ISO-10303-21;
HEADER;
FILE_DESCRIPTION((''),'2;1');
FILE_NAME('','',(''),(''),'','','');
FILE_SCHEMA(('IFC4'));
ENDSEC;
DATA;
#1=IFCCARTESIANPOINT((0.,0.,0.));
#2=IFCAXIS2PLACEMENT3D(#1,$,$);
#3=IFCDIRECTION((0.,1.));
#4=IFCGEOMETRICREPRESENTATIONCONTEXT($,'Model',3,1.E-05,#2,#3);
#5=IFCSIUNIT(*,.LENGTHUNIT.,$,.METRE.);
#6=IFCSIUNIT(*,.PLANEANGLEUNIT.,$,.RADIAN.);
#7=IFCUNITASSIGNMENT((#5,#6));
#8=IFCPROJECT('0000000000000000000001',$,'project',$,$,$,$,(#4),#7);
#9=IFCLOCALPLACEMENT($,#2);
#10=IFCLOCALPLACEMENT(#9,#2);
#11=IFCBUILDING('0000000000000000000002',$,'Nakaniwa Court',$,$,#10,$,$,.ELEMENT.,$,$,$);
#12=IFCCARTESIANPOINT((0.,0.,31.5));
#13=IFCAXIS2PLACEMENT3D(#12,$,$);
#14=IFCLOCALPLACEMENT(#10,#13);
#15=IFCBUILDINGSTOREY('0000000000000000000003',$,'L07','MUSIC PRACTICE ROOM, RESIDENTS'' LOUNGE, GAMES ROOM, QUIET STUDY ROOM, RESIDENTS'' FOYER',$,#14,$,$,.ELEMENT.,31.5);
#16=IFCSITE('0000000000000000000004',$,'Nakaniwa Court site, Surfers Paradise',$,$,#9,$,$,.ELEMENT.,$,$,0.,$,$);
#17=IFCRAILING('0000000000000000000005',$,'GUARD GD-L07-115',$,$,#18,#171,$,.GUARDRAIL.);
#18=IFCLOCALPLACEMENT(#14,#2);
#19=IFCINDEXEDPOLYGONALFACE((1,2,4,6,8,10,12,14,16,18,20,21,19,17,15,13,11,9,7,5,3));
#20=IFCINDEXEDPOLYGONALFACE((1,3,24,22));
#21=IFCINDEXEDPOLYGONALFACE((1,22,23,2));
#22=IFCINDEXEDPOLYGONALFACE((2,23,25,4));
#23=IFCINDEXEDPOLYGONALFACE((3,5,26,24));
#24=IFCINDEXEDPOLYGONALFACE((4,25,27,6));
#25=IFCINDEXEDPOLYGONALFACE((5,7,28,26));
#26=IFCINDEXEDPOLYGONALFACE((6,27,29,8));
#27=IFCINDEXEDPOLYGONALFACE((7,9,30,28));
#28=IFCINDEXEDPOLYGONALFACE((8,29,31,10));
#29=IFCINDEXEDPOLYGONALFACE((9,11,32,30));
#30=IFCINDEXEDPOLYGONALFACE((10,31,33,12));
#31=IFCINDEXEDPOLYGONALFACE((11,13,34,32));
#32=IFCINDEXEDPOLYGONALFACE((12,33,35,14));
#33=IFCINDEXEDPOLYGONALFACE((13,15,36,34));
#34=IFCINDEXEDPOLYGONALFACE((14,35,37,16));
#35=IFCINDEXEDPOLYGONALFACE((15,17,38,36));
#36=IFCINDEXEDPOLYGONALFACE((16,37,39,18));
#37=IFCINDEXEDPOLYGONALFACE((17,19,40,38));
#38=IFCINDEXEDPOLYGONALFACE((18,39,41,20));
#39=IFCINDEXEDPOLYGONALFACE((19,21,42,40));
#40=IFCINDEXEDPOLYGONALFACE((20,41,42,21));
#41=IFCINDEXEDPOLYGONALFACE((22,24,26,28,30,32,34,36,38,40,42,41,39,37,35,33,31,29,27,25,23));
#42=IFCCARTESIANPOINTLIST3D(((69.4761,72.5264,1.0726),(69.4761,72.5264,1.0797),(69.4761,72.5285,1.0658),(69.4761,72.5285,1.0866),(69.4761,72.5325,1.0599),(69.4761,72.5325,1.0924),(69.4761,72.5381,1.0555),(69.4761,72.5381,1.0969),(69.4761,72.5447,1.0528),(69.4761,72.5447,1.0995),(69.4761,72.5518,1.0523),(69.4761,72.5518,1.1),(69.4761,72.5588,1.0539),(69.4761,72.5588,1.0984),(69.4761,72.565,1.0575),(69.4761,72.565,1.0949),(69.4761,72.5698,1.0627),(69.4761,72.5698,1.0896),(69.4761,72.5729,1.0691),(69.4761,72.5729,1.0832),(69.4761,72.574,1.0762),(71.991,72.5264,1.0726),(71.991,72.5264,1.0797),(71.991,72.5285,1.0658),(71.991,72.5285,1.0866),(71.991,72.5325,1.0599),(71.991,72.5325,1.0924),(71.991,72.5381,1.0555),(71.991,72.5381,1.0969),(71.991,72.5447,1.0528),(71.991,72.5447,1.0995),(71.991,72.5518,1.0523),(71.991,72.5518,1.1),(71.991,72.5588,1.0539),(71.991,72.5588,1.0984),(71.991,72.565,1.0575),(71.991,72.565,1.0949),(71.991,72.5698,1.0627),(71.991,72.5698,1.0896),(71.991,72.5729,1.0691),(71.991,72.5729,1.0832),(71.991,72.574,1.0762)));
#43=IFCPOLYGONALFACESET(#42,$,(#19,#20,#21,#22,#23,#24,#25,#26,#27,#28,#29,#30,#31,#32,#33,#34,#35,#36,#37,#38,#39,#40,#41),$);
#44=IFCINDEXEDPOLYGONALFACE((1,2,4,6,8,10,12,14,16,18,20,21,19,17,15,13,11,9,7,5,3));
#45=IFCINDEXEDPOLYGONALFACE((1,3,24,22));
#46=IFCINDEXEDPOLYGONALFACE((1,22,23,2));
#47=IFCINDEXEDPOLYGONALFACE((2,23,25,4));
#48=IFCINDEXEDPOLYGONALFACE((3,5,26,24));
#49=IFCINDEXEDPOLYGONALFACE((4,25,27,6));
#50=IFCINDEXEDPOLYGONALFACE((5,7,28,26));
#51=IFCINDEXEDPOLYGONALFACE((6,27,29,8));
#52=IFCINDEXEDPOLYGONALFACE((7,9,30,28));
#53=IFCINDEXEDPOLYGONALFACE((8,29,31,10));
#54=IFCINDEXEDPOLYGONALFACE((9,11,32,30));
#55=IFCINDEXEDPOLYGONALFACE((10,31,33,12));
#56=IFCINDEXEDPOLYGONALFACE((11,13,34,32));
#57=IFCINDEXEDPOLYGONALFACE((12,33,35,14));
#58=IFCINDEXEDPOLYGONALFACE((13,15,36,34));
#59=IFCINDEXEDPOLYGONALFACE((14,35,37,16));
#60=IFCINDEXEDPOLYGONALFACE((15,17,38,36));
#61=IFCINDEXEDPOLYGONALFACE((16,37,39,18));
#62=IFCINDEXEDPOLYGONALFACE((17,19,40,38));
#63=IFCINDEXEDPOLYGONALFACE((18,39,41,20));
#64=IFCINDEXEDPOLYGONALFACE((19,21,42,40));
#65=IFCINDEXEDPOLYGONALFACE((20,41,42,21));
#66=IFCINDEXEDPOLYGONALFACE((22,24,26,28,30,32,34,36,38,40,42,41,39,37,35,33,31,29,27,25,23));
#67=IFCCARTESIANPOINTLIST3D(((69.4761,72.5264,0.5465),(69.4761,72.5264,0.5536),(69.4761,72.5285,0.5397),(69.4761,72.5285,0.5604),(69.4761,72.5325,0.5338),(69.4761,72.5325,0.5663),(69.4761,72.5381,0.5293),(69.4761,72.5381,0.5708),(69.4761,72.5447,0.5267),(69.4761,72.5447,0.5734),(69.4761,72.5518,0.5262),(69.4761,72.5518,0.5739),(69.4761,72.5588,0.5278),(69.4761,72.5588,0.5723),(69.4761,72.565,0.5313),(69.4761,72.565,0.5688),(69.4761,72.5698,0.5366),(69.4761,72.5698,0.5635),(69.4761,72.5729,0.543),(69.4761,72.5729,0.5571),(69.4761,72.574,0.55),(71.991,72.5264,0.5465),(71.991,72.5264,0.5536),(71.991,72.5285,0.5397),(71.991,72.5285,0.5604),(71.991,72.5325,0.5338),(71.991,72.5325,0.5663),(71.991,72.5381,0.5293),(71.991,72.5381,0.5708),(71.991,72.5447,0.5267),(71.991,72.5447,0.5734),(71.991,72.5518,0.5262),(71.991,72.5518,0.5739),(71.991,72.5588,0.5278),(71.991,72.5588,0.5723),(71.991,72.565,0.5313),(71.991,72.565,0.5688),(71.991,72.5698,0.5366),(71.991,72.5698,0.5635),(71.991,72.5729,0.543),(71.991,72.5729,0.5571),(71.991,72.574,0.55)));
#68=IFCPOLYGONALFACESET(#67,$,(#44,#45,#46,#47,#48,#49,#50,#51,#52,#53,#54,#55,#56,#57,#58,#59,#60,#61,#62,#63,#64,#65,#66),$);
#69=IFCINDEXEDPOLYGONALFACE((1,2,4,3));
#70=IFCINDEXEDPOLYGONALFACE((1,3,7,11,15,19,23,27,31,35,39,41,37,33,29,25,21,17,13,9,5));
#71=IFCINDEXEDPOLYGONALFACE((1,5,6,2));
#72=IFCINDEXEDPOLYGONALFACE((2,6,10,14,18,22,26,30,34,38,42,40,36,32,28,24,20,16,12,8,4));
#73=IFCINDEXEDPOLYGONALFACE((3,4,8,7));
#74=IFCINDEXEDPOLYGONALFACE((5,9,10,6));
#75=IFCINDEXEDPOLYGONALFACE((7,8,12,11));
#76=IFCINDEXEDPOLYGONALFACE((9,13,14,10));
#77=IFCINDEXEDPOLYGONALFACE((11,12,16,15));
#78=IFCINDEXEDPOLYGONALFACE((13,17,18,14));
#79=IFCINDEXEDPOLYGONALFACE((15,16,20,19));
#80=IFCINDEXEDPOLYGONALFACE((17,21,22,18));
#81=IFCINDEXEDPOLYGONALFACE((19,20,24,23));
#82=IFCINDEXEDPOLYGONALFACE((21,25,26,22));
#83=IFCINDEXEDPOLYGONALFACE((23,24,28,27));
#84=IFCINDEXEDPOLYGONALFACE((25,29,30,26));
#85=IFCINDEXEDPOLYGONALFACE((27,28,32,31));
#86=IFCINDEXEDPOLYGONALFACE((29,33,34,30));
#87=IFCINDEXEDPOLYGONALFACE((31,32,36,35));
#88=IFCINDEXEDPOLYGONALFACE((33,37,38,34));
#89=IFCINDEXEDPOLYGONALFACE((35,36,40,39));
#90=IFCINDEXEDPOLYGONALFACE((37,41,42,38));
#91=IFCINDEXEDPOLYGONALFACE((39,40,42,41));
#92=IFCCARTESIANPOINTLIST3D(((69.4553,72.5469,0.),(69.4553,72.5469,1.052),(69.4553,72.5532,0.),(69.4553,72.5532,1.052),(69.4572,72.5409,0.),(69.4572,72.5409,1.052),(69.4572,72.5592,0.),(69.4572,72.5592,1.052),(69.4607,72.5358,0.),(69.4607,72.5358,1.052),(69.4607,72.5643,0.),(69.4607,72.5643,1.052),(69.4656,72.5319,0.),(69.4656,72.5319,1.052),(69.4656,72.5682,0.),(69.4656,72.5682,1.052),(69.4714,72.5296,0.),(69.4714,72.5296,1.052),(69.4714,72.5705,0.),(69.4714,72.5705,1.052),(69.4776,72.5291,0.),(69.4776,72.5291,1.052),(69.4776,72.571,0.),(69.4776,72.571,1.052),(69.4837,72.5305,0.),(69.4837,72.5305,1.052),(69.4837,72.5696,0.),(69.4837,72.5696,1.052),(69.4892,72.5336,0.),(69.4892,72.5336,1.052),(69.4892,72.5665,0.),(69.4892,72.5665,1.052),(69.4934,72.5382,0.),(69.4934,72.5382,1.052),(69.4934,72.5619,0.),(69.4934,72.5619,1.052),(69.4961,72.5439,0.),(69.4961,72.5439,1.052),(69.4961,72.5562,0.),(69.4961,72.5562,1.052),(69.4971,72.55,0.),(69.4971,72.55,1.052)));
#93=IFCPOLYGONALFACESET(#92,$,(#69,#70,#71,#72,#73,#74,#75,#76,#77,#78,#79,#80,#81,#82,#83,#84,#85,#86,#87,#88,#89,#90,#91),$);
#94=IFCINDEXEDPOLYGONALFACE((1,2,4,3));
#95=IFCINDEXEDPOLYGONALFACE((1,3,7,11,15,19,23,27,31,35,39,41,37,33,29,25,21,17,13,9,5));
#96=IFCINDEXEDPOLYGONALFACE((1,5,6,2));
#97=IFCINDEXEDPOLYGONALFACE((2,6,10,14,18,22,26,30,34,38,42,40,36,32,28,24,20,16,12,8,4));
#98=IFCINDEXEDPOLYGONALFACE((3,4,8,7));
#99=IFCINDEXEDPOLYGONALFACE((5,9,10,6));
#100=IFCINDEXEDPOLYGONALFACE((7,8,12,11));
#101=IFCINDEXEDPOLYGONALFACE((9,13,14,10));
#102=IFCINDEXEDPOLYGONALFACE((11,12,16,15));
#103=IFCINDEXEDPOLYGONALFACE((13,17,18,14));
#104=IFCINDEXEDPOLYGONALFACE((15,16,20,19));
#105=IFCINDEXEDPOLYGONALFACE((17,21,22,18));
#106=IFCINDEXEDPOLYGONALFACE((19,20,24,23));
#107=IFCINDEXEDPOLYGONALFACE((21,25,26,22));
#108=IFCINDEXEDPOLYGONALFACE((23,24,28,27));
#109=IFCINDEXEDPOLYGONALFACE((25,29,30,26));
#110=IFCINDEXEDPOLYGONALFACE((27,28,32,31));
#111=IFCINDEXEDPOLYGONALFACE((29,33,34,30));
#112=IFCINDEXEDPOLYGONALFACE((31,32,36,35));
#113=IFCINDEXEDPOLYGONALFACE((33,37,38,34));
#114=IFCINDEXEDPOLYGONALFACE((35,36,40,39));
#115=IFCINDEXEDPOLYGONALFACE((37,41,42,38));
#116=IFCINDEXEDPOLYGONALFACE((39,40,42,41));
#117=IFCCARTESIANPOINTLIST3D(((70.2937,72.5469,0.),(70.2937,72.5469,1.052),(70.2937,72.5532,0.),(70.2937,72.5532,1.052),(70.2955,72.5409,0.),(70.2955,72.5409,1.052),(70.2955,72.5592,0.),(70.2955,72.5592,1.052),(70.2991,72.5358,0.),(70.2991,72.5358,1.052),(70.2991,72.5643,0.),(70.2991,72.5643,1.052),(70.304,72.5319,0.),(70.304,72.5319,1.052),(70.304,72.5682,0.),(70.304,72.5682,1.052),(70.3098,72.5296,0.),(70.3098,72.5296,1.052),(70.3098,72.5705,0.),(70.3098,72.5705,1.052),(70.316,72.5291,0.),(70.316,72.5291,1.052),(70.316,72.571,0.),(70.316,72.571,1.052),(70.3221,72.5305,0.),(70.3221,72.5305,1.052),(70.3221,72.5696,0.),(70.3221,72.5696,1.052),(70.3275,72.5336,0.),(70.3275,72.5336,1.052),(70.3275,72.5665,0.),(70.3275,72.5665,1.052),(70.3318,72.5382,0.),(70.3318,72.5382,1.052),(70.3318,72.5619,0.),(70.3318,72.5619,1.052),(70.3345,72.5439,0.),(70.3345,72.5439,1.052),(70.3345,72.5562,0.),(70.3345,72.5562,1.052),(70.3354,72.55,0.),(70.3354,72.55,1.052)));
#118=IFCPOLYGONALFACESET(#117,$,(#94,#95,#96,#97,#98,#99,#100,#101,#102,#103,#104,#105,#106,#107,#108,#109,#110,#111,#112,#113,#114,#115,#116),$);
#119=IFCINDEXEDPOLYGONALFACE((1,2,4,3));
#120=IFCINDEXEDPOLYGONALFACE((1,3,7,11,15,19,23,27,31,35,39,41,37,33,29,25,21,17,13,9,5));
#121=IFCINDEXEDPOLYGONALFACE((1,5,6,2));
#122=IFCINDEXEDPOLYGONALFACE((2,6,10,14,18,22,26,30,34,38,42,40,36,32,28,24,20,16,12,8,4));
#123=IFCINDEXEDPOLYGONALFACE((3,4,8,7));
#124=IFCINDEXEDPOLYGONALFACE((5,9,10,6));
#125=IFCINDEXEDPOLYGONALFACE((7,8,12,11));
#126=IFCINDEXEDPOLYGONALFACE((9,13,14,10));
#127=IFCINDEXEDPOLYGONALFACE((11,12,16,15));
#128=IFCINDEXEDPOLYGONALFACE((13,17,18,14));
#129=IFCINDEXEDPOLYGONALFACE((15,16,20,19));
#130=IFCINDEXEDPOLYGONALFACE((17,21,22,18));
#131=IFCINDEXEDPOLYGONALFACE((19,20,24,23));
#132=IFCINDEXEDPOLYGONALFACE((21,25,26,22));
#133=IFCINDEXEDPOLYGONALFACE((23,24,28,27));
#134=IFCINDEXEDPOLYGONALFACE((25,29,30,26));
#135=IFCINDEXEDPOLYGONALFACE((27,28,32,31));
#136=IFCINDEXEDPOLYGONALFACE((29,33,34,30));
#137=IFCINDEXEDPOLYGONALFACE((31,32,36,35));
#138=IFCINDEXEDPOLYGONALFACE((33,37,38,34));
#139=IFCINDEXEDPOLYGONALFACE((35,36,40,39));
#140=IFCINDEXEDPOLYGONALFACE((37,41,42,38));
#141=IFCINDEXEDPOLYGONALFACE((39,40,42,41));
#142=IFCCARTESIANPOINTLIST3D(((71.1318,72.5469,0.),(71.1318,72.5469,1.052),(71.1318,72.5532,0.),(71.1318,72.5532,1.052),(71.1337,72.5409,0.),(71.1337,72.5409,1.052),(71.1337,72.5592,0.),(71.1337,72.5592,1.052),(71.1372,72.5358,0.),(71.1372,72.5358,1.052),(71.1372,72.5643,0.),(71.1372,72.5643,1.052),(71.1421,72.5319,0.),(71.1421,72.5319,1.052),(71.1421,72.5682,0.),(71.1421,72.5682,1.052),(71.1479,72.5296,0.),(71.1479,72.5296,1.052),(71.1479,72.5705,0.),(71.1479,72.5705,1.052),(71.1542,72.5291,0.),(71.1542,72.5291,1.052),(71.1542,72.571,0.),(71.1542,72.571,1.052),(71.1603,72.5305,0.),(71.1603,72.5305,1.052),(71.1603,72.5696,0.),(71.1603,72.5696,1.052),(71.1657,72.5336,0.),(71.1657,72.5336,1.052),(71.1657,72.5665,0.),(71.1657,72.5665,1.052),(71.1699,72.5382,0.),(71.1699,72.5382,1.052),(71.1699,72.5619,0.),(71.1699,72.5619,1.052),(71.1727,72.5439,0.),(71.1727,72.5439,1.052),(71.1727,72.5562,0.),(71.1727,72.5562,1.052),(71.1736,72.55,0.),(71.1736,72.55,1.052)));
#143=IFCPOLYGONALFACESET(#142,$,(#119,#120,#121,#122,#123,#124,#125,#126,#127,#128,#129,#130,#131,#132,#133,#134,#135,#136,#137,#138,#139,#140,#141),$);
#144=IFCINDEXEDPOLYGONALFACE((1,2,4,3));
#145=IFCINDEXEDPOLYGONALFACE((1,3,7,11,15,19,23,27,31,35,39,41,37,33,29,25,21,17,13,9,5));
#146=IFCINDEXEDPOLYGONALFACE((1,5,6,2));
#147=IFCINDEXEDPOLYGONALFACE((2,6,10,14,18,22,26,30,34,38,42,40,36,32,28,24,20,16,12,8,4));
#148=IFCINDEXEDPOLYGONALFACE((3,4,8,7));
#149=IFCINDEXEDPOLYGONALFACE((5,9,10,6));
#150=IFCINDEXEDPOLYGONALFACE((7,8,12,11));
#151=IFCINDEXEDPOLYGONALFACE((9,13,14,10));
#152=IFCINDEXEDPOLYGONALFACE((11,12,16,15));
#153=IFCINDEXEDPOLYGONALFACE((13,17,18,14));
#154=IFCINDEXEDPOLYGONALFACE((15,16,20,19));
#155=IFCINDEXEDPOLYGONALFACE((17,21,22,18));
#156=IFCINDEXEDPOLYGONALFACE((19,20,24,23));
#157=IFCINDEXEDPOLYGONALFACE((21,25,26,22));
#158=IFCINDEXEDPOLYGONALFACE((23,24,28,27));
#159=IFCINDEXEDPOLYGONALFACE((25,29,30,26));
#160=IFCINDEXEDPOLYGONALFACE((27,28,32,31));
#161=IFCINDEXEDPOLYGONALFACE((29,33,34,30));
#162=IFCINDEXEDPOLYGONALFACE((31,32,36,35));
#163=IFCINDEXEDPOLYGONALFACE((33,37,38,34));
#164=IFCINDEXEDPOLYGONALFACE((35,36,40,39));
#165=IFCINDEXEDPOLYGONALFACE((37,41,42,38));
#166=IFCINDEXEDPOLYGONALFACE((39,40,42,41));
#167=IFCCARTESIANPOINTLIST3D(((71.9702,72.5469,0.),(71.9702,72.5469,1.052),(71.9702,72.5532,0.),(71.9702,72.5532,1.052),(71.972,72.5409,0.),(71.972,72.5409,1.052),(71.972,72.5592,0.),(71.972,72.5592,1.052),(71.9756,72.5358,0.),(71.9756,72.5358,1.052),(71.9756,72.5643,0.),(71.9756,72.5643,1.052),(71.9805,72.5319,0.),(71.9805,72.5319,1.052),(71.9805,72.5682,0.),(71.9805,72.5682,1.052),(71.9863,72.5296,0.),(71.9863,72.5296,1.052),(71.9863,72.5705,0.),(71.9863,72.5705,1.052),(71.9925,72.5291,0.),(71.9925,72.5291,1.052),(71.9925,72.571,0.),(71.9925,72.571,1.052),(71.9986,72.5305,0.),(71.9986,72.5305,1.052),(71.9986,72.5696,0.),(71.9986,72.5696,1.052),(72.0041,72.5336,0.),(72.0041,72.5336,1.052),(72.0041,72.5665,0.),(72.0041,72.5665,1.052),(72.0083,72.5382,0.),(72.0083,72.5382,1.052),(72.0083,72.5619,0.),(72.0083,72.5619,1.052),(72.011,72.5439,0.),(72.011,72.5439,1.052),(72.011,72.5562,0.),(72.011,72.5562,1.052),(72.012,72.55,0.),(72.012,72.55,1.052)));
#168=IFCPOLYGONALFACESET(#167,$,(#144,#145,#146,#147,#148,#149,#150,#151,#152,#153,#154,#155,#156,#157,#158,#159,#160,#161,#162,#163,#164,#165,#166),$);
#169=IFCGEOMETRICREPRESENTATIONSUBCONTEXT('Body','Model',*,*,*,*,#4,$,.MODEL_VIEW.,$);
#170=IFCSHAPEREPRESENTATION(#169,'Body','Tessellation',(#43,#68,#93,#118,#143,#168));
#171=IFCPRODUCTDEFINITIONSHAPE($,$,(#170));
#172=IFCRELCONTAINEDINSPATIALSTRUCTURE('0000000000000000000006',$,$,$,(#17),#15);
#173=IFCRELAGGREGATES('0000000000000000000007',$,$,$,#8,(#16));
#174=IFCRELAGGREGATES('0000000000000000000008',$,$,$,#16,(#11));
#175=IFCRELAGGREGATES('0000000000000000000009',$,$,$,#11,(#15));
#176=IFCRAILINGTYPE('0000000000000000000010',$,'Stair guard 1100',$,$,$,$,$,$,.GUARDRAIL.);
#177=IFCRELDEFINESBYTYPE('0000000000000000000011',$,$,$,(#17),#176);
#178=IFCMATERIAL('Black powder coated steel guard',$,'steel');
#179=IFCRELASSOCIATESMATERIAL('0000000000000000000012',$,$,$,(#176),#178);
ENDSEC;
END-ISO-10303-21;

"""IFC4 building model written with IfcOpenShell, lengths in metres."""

from ifc_helpers import new_model, si_unit, direction, frame, origin, origin_2d, place, context, subcontext, project, spatial, circle, extrude, material, type_object, element, save


model = new_model("IFC4")

# Units and contexts
model_context = context("Model", 3, precision=1e-05, world=origin(), true_north=direction((0.0, 1.0)))
body_context = subcontext(model_context, "Body", "Model", "MODEL_VIEW")
ifc_project = project(units=[si_unit("LENGTHUNIT", "METRE"), si_unit("PLANEANGLEUNIT", "RADIAN")], contexts=[model_context])

# Site, building, storey
site_placement = place(None, origin())
site = spatial("IfcSite", under=ifc_project, at=site_placement, Name="Nakaniwa Court site, Surfers Paradise", CompositionType="ELEMENT", RefElevation=0.0)
building_placement = place(site_placement, origin())
building = spatial("IfcBuilding", under=site, at=building_placement, Name="Nakaniwa Court", CompositionType="ELEMENT")
storey_placement = place(building_placement, frame((0.0, 0.0, 31.5)))
storey = spatial("IfcBuildingStorey", under=building, at=storey_placement, Name="L07", Description="MUSIC PRACTICE ROOM, RESIDENTS' LOUNGE, GAMES ROOM, QUIET STUDY ROOM, RESIDENTS' FOYER", CompositionType="ELEMENT", Elevation=31.5)

# Railing
ifc_material_1 = material(Name="Black powder coated steel guard", Category="steel")
railing_type = type_object("IfcRailingType", Name="Stair guard 1100", PredefinedType="GUARDRAIL", material=ifc_material_1)
railing_1_placement = place(storey_placement, frame((69.4761, 72.55, 0.0)))
element("IfcRailing", 1, at=railing_1_placement, inside=storey, type_object=railing_type, Name="GUARD GD-L07-115", PredefinedType="GUARDRAIL", context=body_context, shape_type="SweptSolid", body=[
    extrude(circle(Radius=0.0239, at=origin_2d()), frame((0.0, 0.0, 1.0762), z_axis=(1.0, 0.0, 0.0), x_axis=(0.0, 1.0, 0.0)), (0.0, 0.0, 1.0), 2.5149),
    extrude(circle(Radius=0.0239, at=origin_2d()), frame((0.0, 0.0, 0.55), z_axis=(1.0, 0.0, 0.0), x_axis=(0.0, 1.0, 0.0)), (0.0, 0.0, 1.0), 2.5149),
    extrude(circle(Radius=0.021, at=origin_2d()), origin(), (0.0, 0.0, 1.0), 1.052),
    extrude(circle(Radius=0.021, at=origin_2d()), frame((0.8384, 0.0, 0.0)), (0.0, 0.0, 1.0), 1.052),
    extrude(circle(Radius=0.021, at=origin_2d()), frame((1.6765, 0.0, 0.0)), (0.0, 0.0, 1.0), 1.052),
    extrude(circle(Radius=0.021, at=origin_2d()), frame((2.5149, 0.0, 0.0)), (0.0, 0.0, 1.0), 1.052),
])

save(model, "model.ifc")
